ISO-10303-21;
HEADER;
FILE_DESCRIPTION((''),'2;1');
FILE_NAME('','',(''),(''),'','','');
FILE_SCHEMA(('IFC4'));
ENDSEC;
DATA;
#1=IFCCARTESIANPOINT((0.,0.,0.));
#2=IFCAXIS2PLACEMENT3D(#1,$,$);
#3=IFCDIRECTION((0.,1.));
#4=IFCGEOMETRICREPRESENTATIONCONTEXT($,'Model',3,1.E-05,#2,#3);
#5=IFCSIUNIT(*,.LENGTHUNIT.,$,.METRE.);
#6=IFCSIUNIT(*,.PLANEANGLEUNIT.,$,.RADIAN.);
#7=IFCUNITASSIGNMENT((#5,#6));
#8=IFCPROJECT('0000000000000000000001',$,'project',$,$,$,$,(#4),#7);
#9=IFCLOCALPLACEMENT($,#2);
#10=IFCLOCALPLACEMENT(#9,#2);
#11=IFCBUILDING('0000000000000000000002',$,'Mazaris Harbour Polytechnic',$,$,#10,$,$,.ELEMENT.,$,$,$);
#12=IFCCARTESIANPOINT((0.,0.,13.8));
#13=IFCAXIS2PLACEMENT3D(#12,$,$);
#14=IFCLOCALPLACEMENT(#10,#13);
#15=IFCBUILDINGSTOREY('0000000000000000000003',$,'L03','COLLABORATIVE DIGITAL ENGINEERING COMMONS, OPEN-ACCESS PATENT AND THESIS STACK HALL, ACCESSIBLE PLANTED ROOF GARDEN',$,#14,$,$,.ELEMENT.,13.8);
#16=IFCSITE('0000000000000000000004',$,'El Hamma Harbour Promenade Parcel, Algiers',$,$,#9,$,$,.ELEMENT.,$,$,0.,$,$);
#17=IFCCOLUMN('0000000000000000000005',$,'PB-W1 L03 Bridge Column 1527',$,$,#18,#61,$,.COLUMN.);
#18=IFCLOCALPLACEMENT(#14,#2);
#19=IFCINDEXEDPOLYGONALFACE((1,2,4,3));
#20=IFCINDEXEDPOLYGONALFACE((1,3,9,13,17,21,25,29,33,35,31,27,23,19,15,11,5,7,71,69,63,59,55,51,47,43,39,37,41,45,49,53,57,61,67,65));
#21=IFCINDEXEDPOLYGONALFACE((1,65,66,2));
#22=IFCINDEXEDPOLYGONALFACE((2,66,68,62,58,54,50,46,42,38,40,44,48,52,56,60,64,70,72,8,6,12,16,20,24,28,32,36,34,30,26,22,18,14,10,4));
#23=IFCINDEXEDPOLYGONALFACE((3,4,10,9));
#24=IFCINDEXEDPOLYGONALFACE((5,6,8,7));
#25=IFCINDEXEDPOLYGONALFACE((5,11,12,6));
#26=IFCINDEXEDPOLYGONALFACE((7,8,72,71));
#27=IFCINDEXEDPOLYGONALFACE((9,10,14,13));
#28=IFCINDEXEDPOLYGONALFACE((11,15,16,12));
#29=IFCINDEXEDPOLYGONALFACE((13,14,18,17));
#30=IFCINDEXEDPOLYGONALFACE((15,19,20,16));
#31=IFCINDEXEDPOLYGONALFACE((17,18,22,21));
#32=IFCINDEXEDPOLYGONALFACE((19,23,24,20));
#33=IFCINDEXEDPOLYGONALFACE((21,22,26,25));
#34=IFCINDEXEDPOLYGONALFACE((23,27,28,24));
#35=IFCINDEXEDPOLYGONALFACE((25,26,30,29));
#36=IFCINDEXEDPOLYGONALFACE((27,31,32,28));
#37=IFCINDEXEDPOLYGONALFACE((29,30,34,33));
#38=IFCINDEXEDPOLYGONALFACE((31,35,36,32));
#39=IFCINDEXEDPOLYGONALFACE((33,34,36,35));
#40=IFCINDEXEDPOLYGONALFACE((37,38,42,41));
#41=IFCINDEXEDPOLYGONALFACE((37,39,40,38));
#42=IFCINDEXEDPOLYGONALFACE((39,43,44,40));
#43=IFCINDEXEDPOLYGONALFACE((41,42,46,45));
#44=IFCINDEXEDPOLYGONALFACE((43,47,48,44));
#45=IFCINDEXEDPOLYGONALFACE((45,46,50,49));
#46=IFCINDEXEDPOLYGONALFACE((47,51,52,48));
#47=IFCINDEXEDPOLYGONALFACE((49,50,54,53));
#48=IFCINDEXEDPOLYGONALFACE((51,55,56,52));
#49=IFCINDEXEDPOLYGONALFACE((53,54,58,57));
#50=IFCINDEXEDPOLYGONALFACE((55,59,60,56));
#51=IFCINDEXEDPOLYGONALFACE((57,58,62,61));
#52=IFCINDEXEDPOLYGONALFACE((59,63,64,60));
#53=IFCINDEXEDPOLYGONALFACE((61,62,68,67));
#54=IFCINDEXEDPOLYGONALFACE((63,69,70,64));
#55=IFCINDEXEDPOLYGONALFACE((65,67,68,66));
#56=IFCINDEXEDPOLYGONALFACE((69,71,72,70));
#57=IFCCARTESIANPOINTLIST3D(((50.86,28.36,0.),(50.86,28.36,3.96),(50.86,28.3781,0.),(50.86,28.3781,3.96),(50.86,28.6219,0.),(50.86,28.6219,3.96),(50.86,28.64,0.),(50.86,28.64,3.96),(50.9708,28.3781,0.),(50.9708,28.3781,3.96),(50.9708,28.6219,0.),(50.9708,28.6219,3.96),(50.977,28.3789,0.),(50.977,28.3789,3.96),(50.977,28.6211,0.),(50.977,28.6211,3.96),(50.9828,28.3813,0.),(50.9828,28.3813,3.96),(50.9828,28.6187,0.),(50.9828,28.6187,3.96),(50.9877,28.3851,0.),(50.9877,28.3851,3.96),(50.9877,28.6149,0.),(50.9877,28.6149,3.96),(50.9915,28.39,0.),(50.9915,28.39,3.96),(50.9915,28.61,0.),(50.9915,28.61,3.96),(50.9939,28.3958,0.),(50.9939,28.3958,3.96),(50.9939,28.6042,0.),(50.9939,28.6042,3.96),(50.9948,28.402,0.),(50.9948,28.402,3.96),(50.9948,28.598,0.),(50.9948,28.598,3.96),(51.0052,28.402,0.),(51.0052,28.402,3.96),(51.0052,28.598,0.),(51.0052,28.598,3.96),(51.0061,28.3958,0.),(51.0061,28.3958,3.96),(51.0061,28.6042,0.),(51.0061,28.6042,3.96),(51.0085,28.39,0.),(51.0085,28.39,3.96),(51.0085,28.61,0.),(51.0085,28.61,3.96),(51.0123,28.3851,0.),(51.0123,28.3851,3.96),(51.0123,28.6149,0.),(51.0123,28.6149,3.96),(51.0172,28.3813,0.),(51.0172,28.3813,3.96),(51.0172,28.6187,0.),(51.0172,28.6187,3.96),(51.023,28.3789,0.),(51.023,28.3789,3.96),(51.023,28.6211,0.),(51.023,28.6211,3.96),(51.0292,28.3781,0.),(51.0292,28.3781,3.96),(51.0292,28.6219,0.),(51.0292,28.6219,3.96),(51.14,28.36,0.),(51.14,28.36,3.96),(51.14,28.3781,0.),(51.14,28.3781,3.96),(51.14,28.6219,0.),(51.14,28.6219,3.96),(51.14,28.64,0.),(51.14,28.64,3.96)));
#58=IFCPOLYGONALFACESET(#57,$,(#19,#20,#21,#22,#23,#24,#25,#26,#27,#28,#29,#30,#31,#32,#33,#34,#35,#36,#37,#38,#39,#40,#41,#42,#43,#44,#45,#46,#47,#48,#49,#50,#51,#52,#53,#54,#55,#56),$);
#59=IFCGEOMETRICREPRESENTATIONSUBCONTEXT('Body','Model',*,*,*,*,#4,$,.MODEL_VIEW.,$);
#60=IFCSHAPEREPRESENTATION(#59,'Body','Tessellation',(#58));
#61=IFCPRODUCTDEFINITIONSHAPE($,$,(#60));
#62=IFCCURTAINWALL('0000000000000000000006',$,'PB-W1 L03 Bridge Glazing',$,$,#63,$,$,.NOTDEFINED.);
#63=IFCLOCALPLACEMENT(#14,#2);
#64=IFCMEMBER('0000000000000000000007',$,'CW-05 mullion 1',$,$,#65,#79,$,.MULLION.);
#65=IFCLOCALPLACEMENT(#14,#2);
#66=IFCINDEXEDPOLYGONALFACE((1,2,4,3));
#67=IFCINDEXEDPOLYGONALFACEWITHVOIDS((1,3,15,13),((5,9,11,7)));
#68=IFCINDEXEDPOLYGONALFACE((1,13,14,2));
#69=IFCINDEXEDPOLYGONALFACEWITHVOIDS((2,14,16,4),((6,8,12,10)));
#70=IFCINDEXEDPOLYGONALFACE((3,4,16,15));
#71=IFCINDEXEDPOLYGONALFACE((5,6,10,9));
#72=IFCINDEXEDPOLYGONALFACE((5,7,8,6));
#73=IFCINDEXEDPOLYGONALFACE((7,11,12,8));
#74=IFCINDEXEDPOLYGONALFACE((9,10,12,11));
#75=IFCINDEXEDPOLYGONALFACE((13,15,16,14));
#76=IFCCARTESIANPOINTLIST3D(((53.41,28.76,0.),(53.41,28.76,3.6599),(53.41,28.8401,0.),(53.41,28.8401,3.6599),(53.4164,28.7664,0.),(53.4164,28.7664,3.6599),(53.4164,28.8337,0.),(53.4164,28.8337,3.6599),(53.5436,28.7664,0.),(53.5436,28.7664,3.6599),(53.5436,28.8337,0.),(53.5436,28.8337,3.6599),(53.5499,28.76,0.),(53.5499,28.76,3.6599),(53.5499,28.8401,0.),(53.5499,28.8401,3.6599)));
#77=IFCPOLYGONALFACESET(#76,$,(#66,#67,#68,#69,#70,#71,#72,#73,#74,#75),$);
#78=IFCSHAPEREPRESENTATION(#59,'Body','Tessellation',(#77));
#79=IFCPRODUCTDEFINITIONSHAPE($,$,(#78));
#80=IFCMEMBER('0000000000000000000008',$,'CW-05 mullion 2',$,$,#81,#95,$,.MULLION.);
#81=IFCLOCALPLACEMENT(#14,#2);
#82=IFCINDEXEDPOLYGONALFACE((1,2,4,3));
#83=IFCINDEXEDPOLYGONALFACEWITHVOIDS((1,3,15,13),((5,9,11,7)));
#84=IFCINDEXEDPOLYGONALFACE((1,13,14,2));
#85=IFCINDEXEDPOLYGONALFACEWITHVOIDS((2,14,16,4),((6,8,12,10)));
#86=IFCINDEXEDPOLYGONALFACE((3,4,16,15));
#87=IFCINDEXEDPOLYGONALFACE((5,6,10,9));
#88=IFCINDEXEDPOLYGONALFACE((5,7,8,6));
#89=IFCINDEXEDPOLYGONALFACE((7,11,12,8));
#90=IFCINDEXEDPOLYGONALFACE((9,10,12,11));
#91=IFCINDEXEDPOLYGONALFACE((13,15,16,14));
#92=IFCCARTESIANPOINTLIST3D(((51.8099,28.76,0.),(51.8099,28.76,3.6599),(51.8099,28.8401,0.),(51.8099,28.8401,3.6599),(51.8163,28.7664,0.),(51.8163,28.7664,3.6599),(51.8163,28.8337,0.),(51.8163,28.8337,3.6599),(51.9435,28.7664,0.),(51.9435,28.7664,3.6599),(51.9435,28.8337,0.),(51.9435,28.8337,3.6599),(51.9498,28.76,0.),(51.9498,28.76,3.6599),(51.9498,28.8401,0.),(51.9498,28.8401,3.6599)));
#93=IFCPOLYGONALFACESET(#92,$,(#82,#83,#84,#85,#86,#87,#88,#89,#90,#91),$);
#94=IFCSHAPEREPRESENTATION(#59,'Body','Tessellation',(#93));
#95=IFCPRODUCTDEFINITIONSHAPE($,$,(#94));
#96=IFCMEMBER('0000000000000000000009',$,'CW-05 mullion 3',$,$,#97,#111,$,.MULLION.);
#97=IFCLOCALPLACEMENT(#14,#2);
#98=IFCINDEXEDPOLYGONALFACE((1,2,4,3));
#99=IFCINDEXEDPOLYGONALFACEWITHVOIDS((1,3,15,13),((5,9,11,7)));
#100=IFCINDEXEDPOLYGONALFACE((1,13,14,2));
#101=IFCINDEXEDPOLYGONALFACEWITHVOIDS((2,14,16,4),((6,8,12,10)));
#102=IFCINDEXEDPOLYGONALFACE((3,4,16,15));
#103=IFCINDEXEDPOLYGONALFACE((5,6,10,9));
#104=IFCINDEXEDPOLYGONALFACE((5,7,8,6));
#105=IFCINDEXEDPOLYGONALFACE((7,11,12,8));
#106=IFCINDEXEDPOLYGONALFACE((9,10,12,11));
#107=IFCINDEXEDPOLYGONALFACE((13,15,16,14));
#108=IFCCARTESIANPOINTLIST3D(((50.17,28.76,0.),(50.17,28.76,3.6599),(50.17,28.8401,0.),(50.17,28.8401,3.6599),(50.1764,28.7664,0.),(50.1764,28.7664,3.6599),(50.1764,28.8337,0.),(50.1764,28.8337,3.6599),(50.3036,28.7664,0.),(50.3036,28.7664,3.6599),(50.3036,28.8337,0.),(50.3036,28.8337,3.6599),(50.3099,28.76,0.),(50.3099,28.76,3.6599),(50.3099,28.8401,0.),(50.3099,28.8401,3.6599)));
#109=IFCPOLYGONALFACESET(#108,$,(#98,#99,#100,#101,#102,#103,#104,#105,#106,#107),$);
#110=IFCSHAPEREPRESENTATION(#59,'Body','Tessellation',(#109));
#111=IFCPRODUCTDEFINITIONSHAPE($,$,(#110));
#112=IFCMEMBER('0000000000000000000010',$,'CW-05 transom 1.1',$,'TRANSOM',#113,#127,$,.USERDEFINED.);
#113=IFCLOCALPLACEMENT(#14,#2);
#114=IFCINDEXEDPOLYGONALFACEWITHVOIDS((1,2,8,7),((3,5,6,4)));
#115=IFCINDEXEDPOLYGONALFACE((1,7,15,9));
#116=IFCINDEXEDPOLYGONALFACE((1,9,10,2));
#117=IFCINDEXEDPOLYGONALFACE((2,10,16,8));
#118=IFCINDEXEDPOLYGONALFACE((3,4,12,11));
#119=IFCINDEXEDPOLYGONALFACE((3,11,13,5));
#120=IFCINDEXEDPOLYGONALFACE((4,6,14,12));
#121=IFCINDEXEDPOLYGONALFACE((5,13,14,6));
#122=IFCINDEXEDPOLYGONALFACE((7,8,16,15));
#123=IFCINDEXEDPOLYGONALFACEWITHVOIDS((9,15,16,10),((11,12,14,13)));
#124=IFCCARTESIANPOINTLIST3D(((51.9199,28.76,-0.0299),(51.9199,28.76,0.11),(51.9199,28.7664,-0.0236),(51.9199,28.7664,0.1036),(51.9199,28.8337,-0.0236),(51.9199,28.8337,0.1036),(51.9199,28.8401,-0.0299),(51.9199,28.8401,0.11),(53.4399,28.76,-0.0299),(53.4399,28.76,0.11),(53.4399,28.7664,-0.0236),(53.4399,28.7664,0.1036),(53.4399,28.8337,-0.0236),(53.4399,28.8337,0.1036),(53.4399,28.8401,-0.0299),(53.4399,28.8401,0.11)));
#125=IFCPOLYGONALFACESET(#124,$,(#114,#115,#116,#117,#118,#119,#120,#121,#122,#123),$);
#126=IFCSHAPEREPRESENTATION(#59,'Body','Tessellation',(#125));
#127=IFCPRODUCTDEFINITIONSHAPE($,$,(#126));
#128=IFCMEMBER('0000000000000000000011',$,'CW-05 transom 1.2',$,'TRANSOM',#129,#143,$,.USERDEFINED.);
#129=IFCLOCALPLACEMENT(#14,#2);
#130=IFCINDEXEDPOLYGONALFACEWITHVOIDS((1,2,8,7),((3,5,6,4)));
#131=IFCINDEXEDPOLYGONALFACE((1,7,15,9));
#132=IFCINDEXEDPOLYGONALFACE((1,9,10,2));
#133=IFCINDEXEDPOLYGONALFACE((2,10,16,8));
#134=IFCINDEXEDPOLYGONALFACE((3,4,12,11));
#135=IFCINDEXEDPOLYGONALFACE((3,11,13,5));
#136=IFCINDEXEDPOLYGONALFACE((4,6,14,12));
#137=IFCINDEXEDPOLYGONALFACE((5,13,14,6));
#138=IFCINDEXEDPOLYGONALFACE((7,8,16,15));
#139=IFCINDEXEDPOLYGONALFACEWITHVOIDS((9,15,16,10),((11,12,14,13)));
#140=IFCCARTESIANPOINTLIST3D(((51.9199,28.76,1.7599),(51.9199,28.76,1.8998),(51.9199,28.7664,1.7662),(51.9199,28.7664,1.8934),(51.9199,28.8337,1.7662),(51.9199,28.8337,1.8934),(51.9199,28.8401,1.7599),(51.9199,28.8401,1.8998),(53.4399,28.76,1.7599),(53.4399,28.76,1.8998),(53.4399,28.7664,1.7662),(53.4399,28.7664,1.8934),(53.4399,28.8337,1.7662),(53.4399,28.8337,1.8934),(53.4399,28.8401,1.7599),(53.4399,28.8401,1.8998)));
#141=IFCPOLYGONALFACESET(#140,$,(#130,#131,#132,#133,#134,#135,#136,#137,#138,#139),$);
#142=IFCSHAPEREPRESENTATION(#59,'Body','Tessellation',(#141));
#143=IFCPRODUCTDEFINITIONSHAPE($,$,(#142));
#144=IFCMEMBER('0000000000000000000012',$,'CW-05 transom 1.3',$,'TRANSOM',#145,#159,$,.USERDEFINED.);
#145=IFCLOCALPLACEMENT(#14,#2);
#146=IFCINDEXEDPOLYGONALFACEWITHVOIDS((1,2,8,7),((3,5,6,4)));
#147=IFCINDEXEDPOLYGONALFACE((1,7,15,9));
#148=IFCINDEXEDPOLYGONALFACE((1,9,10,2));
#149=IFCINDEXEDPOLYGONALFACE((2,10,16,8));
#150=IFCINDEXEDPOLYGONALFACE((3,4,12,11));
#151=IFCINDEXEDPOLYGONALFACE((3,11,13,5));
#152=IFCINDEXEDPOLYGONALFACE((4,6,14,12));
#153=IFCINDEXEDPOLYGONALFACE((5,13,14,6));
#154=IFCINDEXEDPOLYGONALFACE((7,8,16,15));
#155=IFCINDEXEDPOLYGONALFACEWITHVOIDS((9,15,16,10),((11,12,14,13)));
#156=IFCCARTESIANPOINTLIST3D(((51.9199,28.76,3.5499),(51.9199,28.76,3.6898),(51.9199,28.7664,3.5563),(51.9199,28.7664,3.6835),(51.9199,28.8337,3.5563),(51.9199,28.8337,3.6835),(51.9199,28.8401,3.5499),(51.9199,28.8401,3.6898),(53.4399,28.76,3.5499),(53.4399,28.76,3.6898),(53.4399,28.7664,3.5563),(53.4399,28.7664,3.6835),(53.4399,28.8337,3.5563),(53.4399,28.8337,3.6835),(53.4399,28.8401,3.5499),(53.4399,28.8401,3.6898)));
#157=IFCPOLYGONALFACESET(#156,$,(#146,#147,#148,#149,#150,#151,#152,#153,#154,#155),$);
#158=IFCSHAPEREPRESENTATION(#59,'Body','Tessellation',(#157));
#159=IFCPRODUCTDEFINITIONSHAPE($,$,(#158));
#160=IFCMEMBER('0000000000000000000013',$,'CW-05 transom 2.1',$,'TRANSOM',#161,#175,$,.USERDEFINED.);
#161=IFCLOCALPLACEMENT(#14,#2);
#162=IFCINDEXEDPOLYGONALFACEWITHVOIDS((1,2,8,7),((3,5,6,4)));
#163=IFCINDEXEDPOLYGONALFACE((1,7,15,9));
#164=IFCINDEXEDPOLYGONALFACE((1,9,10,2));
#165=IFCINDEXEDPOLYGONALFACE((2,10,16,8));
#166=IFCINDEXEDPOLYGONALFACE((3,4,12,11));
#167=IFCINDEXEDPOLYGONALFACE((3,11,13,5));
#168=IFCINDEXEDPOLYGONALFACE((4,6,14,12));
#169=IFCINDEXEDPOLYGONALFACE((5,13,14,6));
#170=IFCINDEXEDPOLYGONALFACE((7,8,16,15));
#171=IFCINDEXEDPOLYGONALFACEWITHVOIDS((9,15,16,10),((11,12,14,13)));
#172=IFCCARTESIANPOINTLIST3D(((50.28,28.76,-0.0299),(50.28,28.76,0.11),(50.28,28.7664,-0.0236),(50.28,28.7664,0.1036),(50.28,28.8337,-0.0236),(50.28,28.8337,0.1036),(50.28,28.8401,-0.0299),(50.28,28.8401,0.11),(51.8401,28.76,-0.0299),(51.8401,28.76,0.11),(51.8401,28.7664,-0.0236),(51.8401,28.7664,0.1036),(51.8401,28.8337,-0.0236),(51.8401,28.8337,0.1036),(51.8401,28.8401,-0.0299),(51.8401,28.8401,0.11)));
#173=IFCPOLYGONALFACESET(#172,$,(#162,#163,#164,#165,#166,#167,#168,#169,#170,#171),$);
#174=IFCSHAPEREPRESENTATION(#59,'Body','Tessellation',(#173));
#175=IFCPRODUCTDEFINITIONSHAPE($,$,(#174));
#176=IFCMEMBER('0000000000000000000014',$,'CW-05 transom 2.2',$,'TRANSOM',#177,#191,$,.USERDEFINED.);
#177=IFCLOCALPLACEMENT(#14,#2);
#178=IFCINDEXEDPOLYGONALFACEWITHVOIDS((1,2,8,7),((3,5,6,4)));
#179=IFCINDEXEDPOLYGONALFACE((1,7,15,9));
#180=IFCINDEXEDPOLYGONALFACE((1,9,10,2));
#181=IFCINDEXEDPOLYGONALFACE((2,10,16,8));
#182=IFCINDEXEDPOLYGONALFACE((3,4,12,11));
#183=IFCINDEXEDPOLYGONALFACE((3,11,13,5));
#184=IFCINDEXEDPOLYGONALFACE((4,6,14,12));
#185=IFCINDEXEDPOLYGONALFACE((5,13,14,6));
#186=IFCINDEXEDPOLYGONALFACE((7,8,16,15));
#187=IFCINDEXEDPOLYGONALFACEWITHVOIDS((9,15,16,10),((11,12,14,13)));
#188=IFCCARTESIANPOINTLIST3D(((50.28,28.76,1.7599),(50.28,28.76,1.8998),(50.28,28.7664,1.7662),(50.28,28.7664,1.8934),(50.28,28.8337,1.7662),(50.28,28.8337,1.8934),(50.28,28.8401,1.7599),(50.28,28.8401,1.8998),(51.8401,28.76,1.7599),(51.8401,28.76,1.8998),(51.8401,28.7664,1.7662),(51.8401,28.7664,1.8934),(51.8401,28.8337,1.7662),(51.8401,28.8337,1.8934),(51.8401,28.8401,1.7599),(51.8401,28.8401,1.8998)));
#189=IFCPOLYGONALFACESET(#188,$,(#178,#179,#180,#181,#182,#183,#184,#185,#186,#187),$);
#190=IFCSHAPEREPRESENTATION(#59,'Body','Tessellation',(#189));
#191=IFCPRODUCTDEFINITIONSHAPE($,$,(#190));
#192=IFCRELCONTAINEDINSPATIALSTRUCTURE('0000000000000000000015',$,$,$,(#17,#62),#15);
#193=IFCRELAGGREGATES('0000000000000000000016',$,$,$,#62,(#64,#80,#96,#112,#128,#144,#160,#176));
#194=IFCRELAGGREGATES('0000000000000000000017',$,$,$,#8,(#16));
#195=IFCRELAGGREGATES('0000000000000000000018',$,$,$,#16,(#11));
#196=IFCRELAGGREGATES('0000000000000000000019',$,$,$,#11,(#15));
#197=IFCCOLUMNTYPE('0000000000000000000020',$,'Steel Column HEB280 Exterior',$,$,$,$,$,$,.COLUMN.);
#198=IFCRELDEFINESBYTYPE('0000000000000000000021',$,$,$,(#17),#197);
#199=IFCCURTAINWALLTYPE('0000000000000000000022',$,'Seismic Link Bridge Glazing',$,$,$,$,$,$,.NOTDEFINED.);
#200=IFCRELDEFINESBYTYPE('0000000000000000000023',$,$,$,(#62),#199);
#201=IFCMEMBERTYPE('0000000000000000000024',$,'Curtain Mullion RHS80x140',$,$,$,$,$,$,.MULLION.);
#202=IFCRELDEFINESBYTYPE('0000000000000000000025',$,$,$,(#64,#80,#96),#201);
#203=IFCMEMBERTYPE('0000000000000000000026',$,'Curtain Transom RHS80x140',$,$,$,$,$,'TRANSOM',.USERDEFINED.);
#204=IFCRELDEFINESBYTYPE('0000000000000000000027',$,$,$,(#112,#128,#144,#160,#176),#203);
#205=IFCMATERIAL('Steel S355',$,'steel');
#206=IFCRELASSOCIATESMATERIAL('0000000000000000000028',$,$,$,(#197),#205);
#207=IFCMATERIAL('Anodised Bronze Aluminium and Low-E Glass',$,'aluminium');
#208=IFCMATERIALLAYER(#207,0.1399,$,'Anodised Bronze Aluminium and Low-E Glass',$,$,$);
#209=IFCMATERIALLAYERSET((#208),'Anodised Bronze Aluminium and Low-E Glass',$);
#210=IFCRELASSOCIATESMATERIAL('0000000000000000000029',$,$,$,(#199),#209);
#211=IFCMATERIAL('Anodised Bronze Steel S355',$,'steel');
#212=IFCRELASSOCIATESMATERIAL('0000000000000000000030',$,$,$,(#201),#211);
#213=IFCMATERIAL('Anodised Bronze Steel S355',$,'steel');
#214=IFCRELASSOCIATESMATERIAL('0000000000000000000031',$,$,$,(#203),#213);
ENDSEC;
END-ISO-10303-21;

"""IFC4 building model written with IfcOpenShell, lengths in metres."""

from ifc_helpers import new_model, si_unit, direction, frame, origin, origin_2d, place, context, subcontext, project, spatial, hollow_rectangle, i_section, extrude, material, layer, layer_set, material_profile, profile_set, type_object, element, aggregate, save


model = new_model("IFC4")

# Units and contexts
model_context = context("Model", 3, precision=1e-05, world=origin(), true_north=direction((0.0, 1.0)))
body_context = subcontext(model_context, "Body", "Model", "MODEL_VIEW")
ifc_project = project(units=[si_unit("LENGTHUNIT", "METRE"), si_unit("PLANEANGLEUNIT", "RADIAN")], contexts=[model_context])

# Site, building, storey
site_placement = place(None, origin())
site = spatial("IfcSite", under=ifc_project, at=site_placement, Name="El Hamma Harbour Promenade Parcel, Algiers", CompositionType="ELEMENT", RefElevation=0.0)
building_placement = place(site_placement, origin())
building = spatial("IfcBuilding", under=site, at=building_placement, Name="Mazaris Harbour Polytechnic", CompositionType="ELEMENT")
storey_placement = place(building_placement, frame((0.0, 0.0, 13.8)))
storey = spatial("IfcBuildingStorey", under=building, at=storey_placement, Name="L03", Description="COLLABORATIVE DIGITAL ENGINEERING COMMONS, OPEN-ACCESS PATENT AND THESIS STACK HALL, ACCESSIBLE PLANTED ROOF GARDEN", CompositionType="ELEMENT", Elevation=13.8)

# Column
ifc_material_1 = material(Name="Steel S355", Category="steel")
ifc_material_profile_1 = material_profile(ifc_material_1, i_section(OverallWidth=0.28, OverallDepth=0.28, WebThickness=0.0105, FlangeThickness=0.0181, FilletRadius=0.0239, at=origin_2d()), Name="HEB 280")
ifc_profile_set_1 = profile_set([ifc_material_profile_1], Name="Steel S355")
column_type = type_object("IfcColumnType", Name="Steel Column HEB280 Exterior", PredefinedType="COLUMN", material=ifc_profile_set_1)
column_placement = place(storey_placement, frame((51.0, 28.5, 0.0), z_axis=(0.0, 0.0, 1.0), x_axis=(1.0, 0.0, 0.0)))
element("IfcColumn", 1, at=column_placement, inside=storey, type_object=column_type, Name="PB-W1 L03 Bridge Column 1527", PredefinedType="COLUMN", context=body_context, shape_type="SweptSolid", body=[
    extrude(i_section(OverallWidth=0.28, OverallDepth=0.28, WebThickness=0.0105, FlangeThickness=0.0181, FilletRadius=0.0239, at=origin_2d()), origin(), (0.0, 0.0, 1.0), 3.96),
])

# Curtain wall, members
ifc_material_2 = material(Name="Anodised Bronze Aluminium and Low-E Glass", Category="aluminium")
ifc_layer_1 = layer(ifc_material_2, 0.1399, Name="Anodised Bronze Aluminium and Low-E Glass")
ifc_layer_set_1 = layer_set([ifc_layer_1], Name="Anodised Bronze Aluminium and Low-E Glass")
curtain_wall_type = type_object("IfcCurtainWallType", Name="Seismic Link Bridge Glazing", PredefinedType="NOTDEFINED", material=ifc_layer_set_1)
curtain_wall_placement = place(storey_placement, origin())
curtain_wall = element("IfcCurtainWall", 2, at=curtain_wall_placement, inside=storey, type_object=curtain_wall_type, Name="PB-W1 L03 Bridge Glazing", PredefinedType="NOTDEFINED")
ifc_material_3 = material(Name="Anodised Bronze Steel S355", Category="steel")
ifc_material_profile_2 = material_profile(ifc_material_3, hollow_rectangle(XDim=0.0801, YDim=0.1399, WallThickness=0.0063, at=origin_2d()), Name="RHS 80x140x6.3")
ifc_profile_set_2 = profile_set([ifc_material_profile_2], Name="Anodised Bronze Steel S355")
member_type_1 = type_object("IfcMemberType", Name="Curtain Mullion RHS80x140", PredefinedType="MULLION", material=ifc_profile_set_2)
member_1_placement = place(storey_placement, frame((53.48, 28.8, 0.0), z_axis=(0.0, 0.0, 1.0), x_axis=(0.0, -1.0, 0.0)))
member_1 = element("IfcMember", 3, at=member_1_placement, type_object=member_type_1, Name="CW-05 mullion 1", PredefinedType="MULLION", context=body_context, shape_type="SweptSolid", body=[
    extrude(hollow_rectangle(XDim=0.0801, YDim=0.1399, WallThickness=0.0063, at=origin_2d()), origin(), (0.0, 0.0, 1.0), 3.6599),
])
member_2_placement = place(storey_placement, frame((51.8799, 28.8, 0.0), z_axis=(0.0, 0.0, 1.0), x_axis=(0.0, -1.0, 0.0)))
member_2 = element("IfcMember", 4, at=member_2_placement, type_object=member_type_1, Name="CW-05 mullion 2", PredefinedType="MULLION", context=body_context, shape_type="SweptSolid", body=[
    extrude(hollow_rectangle(XDim=0.0801, YDim=0.1399, WallThickness=0.0063, at=origin_2d()), origin(), (0.0, 0.0, 1.0), 3.6599),
])
member_3_placement = place(storey_placement, frame((50.24, 28.8, 0.0), z_axis=(0.0, 0.0, 1.0), x_axis=(0.0, -1.0, 0.0)))
member_3 = element("IfcMember", 5, at=member_3_placement, type_object=member_type_1, Name="CW-05 mullion 3", PredefinedType="MULLION", context=body_context, shape_type="SweptSolid", body=[
    extrude(hollow_rectangle(XDim=0.0801, YDim=0.1399, WallThickness=0.0063, at=origin_2d()), origin(), (0.0, 0.0, 1.0), 3.6599),
])
ifc_material_4 = material(Name="Anodised Bronze Steel S355", Category="steel")
ifc_material_profile_3 = material_profile(ifc_material_4, hollow_rectangle(XDim=0.0801, YDim=0.1399, WallThickness=0.0063, at=origin_2d()), Name="RHS 80x140x6.3")
ifc_profile_set_3 = profile_set([ifc_material_profile_3], Name="Anodised Bronze Steel S355")
member_type_2 = type_object("IfcMemberType", Name="Curtain Transom RHS80x140", ElementType="TRANSOM", PredefinedType="USERDEFINED", material=ifc_profile_set_3)
member_4_placement = place(storey_placement, frame((53.4399, 28.8, 0.04), z_axis=(-1.0, 0.0, 0.0), x_axis=(0.0, -1.0, 0.0)))
member_4 = element("IfcMember", 6, at=member_4_placement, type_object=member_type_2, Name="CW-05 transom 1.1", ObjectType="TRANSOM", PredefinedType="USERDEFINED", context=body_context, shape_type="SweptSolid", body=[
    extrude(hollow_rectangle(XDim=0.0801, YDim=0.1399, WallThickness=0.0063, at=origin_2d()), origin(), (0.0, 0.0, 1.0), 1.52),
])
member_5_placement = place(storey_placement, frame((53.4399, 28.8, 1.8298), z_axis=(-1.0, 0.0, 0.0), x_axis=(0.0, -1.0, 0.0)))
member_5 = element("IfcMember", 7, at=member_5_placement, type_object=member_type_2, Name="CW-05 transom 1.2", ObjectType="TRANSOM", PredefinedType="USERDEFINED", context=body_context, shape_type="SweptSolid", body=[
    extrude(hollow_rectangle(XDim=0.0801, YDim=0.1399, WallThickness=0.0063, at=origin_2d()), origin(), (0.0, 0.0, 1.0), 1.52),
])
member_6_placement = place(storey_placement, frame((53.4399, 28.8, 3.6199), z_axis=(-1.0, 0.0, 0.0), x_axis=(0.0, -1.0, 0.0)))
member_6 = element("IfcMember", 8, at=member_6_placement, type_object=member_type_2, Name="CW-05 transom 1.3", ObjectType="TRANSOM", PredefinedType="USERDEFINED", context=body_context, shape_type="SweptSolid", body=[
    extrude(hollow_rectangle(XDim=0.0801, YDim=0.1399, WallThickness=0.0063, at=origin_2d()), origin(), (0.0, 0.0, 1.0), 1.52),
])
member_7_placement = place(storey_placement, frame((51.8401, 28.8, 0.04), z_axis=(-1.0, 0.0, 0.0), x_axis=(0.0, -1.0, 0.0)))
member_7 = element("IfcMember", 9, at=member_7_placement, type_object=member_type_2, Name="CW-05 transom 2.1", ObjectType="TRANSOM", PredefinedType="USERDEFINED", context=body_context, shape_type="SweptSolid", body=[
    extrude(hollow_rectangle(XDim=0.0801, YDim=0.1399, WallThickness=0.0063, at=origin_2d()), origin(), (0.0, 0.0, 1.0), 1.5601),
])
member_8_placement = place(storey_placement, frame((51.8401, 28.8, 1.8298), z_axis=(-1.0, 0.0, 0.0), x_axis=(0.0, -1.0, 0.0)))
member_8 = element("IfcMember", 10, at=member_8_placement, type_object=member_type_2, Name="CW-05 transom 2.2", ObjectType="TRANSOM", PredefinedType="USERDEFINED", context=body_context, shape_type="SweptSolid", body=[
    extrude(hollow_rectangle(XDim=0.0801, YDim=0.1399, WallThickness=0.0063, at=origin_2d()), origin(), (0.0, 0.0, 1.0), 1.5601),
])
aggregate(curtain_wall, [member_1, member_2, member_3, member_4, member_5, member_6, member_7, member_8])

save(model, "model.ifc")
